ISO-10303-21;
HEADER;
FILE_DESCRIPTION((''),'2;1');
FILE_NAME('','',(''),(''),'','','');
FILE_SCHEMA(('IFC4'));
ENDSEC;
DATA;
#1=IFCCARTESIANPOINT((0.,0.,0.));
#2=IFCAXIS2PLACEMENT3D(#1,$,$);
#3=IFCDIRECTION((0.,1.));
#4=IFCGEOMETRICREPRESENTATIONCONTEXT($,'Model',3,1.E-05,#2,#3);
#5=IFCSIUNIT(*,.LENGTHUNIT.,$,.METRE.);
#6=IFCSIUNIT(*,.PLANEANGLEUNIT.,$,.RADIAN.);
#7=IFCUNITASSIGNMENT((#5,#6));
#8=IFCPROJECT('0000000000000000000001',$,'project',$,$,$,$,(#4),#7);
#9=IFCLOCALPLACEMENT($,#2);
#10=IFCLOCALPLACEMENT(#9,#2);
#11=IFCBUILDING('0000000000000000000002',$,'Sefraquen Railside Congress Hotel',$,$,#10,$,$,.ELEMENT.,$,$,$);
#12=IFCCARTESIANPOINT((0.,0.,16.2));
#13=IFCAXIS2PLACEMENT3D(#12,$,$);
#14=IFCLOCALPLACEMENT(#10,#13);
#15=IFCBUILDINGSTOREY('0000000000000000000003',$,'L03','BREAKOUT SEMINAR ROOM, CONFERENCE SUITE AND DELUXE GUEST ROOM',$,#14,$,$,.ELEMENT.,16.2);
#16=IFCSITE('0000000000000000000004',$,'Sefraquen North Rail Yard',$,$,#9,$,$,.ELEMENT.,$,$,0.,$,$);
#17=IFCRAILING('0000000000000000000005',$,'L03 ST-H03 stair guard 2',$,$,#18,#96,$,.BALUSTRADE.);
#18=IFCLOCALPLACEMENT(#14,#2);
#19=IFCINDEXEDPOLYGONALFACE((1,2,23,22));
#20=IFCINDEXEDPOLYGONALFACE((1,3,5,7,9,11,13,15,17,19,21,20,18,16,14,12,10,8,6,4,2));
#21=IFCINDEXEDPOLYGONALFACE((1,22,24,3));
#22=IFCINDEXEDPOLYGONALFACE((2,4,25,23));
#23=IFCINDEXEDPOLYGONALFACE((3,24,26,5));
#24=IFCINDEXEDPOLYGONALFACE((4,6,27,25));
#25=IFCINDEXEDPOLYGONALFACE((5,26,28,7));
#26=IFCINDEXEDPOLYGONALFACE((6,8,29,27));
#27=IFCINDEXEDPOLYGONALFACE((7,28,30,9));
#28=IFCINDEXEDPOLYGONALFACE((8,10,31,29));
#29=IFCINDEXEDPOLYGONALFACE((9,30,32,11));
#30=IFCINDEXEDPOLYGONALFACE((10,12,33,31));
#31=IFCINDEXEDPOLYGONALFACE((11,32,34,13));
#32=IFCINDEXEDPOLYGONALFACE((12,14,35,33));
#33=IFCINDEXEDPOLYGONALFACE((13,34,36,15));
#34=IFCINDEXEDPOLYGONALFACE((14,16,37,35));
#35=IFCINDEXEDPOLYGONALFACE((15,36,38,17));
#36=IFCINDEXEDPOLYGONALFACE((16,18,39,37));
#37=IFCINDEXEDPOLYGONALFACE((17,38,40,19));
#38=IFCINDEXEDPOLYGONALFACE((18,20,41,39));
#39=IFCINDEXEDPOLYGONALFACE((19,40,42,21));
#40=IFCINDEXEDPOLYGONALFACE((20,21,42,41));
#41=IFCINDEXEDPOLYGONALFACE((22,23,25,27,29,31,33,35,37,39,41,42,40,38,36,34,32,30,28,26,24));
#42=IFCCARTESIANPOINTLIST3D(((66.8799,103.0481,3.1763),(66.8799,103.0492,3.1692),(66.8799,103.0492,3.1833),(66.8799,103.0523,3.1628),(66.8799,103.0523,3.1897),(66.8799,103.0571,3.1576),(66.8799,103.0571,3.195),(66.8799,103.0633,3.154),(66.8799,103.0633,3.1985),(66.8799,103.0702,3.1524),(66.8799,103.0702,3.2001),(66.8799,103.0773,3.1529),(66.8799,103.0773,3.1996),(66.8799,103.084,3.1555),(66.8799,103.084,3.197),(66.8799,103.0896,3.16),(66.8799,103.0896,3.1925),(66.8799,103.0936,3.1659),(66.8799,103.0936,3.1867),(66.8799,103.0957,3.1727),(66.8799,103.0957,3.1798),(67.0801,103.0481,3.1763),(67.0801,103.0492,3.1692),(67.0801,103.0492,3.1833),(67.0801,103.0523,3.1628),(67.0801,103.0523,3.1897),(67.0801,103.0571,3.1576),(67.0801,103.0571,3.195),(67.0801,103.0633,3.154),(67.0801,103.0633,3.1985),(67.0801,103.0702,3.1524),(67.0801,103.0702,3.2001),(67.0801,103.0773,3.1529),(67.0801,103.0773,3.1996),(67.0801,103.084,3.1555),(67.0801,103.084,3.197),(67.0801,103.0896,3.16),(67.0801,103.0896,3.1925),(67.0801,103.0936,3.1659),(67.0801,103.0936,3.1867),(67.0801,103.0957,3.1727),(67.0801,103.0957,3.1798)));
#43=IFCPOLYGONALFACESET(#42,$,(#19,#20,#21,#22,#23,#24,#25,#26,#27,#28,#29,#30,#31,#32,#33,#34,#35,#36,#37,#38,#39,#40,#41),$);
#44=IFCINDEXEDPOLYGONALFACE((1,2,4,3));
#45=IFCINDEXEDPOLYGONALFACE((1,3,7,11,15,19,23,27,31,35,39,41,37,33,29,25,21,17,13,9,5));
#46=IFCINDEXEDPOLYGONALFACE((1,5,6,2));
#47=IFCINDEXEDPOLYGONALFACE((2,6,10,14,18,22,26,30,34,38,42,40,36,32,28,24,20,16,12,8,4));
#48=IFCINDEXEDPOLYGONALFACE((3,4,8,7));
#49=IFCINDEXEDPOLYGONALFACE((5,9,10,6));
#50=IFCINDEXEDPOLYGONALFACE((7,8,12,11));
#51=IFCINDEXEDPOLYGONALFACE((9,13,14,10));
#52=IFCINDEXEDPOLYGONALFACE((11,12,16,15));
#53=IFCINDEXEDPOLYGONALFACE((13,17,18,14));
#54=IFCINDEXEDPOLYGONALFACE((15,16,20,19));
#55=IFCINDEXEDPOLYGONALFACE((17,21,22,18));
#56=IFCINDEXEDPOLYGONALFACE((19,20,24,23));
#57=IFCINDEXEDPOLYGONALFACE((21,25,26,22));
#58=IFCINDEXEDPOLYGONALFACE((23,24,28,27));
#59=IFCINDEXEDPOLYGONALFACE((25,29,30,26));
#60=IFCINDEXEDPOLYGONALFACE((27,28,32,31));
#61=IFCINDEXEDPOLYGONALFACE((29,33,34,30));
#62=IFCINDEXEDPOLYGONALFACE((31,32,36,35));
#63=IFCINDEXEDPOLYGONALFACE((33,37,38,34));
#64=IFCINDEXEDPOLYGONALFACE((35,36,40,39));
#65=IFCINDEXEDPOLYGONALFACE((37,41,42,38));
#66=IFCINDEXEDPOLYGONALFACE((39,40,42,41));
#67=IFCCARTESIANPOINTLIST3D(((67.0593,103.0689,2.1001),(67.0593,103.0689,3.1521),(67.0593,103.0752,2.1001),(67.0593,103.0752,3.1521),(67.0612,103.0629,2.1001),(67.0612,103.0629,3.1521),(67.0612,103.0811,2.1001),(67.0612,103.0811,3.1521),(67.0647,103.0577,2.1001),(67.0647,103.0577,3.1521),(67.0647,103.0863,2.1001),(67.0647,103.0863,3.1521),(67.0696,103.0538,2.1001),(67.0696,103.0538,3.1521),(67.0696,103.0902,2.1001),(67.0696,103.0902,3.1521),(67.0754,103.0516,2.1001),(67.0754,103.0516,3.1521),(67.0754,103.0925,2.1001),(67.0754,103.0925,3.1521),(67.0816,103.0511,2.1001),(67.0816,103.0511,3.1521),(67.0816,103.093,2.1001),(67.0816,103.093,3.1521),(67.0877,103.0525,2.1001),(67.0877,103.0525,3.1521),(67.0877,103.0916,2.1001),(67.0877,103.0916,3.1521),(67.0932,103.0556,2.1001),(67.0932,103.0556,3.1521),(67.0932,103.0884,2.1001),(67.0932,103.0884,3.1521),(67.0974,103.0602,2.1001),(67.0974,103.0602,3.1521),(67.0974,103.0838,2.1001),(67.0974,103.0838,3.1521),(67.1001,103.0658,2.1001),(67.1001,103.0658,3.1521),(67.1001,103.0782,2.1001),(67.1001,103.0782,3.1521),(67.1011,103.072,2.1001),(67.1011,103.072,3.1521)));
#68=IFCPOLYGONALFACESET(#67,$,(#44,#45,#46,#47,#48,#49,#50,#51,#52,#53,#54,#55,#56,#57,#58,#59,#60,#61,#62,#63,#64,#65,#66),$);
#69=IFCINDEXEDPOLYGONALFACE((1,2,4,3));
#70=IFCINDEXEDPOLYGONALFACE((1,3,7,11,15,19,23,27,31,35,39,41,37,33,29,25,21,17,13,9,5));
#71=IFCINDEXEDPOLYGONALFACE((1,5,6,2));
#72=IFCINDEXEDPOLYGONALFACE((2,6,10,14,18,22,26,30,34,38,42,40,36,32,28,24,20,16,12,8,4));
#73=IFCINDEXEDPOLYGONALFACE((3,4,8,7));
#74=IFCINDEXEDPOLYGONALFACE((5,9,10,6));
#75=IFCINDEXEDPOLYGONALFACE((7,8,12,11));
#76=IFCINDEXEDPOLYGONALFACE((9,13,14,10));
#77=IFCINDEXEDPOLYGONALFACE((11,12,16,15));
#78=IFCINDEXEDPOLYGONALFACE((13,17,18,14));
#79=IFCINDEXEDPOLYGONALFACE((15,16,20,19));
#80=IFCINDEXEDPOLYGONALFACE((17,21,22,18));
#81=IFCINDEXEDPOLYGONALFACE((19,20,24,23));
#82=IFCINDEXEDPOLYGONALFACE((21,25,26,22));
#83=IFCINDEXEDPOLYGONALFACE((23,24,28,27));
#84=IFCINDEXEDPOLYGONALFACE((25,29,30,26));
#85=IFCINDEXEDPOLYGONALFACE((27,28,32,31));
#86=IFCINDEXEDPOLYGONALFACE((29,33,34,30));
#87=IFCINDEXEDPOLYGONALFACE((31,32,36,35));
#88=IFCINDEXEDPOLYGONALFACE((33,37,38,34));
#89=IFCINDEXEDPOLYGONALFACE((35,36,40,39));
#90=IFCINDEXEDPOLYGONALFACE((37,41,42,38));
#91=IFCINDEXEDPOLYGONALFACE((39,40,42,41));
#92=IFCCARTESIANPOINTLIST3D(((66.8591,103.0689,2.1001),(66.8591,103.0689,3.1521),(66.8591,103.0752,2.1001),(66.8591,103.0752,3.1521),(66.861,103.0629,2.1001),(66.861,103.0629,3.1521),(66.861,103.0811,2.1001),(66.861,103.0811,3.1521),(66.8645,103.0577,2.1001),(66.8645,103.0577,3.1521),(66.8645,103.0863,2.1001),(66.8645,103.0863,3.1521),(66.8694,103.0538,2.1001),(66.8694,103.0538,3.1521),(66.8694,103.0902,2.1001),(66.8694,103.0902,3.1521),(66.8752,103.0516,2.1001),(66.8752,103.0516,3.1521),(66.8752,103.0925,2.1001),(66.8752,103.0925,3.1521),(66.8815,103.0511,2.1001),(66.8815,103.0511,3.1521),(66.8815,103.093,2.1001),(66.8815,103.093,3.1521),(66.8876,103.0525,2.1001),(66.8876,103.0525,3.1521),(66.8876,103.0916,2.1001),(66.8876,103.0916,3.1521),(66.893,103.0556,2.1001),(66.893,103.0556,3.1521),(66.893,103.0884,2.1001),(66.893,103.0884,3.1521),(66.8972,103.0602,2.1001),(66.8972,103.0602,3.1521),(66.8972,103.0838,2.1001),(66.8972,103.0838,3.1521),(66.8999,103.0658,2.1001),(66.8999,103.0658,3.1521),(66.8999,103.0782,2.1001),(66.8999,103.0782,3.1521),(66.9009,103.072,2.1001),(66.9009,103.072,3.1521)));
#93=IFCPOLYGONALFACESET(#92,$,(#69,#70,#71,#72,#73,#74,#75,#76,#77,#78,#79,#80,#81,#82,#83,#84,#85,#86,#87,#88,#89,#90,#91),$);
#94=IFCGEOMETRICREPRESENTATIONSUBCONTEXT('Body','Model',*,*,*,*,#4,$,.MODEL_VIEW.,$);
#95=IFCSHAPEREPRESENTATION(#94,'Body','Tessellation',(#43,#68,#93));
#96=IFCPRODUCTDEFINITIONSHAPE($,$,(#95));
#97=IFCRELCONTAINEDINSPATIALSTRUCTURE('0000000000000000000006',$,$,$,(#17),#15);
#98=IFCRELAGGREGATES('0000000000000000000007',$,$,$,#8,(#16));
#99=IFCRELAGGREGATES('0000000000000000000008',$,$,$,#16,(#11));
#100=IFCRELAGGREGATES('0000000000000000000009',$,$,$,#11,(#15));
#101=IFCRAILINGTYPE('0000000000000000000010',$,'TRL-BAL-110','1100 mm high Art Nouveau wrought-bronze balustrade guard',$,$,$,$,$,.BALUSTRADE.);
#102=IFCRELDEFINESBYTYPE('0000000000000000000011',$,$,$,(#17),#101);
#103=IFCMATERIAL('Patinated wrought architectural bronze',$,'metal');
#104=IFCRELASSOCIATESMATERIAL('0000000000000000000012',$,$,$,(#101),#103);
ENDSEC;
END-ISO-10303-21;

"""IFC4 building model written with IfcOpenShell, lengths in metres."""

from ifc_helpers import new_model, si_unit, direction, frame, origin, origin_2d, place, context, subcontext, project, spatial, circle, extrude, material, type_object, element, save


model = new_model("IFC4")

# Units and contexts
model_context = context("Model", 3, precision=1e-05, world=origin(), true_north=direction((0.0, 1.0)))
body_context = subcontext(model_context, "Body", "Model", "MODEL_VIEW")
ifc_project = project(units=[si_unit("LENGTHUNIT", "METRE"), si_unit("PLANEANGLEUNIT", "RADIAN")], contexts=[model_context])

# Site, building, storey
site_placement = place(None, origin())
site = spatial("IfcSite", under=ifc_project, at=site_placement, Name="Sefraquen North Rail Yard", CompositionType="ELEMENT", RefElevation=0.0)
building_placement = place(site_placement, origin())
building = spatial("IfcBuilding", under=site, at=building_placement, Name="Sefraquen Railside Congress Hotel", CompositionType="ELEMENT")
storey_placement = place(building_placement, frame((0.0, 0.0, 16.2)))
storey = spatial("IfcBuildingStorey", under=building, at=storey_placement, Name="L03", Description="BREAKOUT SEMINAR ROOM, CONFERENCE SUITE AND DELUXE GUEST ROOM", CompositionType="ELEMENT", Elevation=16.2)

# Railing
ifc_material_1 = material(Name="Patinated wrought architectural bronze", Category="metal")
railing_type_1 = type_object("IfcRailingType", Name="TRL-BAL-110", Description="1100 mm high Art Nouveau wrought-bronze balustrade guard", PredefinedType="BALUSTRADE", material=ifc_material_1)
railing_1_placement = place(storey_placement, frame((67.0801, 103.072, 2.1001)))
element("IfcRailing", 1, at=railing_1_placement, inside=storey, type_object=railing_type_1, Name="L03 ST-H03 stair guard 2", PredefinedType="BALUSTRADE", context=body_context, shape_type="SweptSolid", body=[
    extrude(circle(Radius=0.0239, at=origin_2d()), frame((0.0, 0.0, 1.0762), z_axis=(-1.0, 0.0, 0.0), x_axis=(0.0, -1.0, 0.0)), (0.0, 0.0, 1.0), 0.2002),
    extrude(circle(Radius=0.021, at=origin_2d()), origin(), (0.0, 0.0, 1.0), 1.052),
    extrude(circle(Radius=0.021, at=origin_2d()), frame((-0.2002, 0.0, 0.0)), (0.0, 0.0, 1.0), 1.052),
])

save(model, "model.ifc")
